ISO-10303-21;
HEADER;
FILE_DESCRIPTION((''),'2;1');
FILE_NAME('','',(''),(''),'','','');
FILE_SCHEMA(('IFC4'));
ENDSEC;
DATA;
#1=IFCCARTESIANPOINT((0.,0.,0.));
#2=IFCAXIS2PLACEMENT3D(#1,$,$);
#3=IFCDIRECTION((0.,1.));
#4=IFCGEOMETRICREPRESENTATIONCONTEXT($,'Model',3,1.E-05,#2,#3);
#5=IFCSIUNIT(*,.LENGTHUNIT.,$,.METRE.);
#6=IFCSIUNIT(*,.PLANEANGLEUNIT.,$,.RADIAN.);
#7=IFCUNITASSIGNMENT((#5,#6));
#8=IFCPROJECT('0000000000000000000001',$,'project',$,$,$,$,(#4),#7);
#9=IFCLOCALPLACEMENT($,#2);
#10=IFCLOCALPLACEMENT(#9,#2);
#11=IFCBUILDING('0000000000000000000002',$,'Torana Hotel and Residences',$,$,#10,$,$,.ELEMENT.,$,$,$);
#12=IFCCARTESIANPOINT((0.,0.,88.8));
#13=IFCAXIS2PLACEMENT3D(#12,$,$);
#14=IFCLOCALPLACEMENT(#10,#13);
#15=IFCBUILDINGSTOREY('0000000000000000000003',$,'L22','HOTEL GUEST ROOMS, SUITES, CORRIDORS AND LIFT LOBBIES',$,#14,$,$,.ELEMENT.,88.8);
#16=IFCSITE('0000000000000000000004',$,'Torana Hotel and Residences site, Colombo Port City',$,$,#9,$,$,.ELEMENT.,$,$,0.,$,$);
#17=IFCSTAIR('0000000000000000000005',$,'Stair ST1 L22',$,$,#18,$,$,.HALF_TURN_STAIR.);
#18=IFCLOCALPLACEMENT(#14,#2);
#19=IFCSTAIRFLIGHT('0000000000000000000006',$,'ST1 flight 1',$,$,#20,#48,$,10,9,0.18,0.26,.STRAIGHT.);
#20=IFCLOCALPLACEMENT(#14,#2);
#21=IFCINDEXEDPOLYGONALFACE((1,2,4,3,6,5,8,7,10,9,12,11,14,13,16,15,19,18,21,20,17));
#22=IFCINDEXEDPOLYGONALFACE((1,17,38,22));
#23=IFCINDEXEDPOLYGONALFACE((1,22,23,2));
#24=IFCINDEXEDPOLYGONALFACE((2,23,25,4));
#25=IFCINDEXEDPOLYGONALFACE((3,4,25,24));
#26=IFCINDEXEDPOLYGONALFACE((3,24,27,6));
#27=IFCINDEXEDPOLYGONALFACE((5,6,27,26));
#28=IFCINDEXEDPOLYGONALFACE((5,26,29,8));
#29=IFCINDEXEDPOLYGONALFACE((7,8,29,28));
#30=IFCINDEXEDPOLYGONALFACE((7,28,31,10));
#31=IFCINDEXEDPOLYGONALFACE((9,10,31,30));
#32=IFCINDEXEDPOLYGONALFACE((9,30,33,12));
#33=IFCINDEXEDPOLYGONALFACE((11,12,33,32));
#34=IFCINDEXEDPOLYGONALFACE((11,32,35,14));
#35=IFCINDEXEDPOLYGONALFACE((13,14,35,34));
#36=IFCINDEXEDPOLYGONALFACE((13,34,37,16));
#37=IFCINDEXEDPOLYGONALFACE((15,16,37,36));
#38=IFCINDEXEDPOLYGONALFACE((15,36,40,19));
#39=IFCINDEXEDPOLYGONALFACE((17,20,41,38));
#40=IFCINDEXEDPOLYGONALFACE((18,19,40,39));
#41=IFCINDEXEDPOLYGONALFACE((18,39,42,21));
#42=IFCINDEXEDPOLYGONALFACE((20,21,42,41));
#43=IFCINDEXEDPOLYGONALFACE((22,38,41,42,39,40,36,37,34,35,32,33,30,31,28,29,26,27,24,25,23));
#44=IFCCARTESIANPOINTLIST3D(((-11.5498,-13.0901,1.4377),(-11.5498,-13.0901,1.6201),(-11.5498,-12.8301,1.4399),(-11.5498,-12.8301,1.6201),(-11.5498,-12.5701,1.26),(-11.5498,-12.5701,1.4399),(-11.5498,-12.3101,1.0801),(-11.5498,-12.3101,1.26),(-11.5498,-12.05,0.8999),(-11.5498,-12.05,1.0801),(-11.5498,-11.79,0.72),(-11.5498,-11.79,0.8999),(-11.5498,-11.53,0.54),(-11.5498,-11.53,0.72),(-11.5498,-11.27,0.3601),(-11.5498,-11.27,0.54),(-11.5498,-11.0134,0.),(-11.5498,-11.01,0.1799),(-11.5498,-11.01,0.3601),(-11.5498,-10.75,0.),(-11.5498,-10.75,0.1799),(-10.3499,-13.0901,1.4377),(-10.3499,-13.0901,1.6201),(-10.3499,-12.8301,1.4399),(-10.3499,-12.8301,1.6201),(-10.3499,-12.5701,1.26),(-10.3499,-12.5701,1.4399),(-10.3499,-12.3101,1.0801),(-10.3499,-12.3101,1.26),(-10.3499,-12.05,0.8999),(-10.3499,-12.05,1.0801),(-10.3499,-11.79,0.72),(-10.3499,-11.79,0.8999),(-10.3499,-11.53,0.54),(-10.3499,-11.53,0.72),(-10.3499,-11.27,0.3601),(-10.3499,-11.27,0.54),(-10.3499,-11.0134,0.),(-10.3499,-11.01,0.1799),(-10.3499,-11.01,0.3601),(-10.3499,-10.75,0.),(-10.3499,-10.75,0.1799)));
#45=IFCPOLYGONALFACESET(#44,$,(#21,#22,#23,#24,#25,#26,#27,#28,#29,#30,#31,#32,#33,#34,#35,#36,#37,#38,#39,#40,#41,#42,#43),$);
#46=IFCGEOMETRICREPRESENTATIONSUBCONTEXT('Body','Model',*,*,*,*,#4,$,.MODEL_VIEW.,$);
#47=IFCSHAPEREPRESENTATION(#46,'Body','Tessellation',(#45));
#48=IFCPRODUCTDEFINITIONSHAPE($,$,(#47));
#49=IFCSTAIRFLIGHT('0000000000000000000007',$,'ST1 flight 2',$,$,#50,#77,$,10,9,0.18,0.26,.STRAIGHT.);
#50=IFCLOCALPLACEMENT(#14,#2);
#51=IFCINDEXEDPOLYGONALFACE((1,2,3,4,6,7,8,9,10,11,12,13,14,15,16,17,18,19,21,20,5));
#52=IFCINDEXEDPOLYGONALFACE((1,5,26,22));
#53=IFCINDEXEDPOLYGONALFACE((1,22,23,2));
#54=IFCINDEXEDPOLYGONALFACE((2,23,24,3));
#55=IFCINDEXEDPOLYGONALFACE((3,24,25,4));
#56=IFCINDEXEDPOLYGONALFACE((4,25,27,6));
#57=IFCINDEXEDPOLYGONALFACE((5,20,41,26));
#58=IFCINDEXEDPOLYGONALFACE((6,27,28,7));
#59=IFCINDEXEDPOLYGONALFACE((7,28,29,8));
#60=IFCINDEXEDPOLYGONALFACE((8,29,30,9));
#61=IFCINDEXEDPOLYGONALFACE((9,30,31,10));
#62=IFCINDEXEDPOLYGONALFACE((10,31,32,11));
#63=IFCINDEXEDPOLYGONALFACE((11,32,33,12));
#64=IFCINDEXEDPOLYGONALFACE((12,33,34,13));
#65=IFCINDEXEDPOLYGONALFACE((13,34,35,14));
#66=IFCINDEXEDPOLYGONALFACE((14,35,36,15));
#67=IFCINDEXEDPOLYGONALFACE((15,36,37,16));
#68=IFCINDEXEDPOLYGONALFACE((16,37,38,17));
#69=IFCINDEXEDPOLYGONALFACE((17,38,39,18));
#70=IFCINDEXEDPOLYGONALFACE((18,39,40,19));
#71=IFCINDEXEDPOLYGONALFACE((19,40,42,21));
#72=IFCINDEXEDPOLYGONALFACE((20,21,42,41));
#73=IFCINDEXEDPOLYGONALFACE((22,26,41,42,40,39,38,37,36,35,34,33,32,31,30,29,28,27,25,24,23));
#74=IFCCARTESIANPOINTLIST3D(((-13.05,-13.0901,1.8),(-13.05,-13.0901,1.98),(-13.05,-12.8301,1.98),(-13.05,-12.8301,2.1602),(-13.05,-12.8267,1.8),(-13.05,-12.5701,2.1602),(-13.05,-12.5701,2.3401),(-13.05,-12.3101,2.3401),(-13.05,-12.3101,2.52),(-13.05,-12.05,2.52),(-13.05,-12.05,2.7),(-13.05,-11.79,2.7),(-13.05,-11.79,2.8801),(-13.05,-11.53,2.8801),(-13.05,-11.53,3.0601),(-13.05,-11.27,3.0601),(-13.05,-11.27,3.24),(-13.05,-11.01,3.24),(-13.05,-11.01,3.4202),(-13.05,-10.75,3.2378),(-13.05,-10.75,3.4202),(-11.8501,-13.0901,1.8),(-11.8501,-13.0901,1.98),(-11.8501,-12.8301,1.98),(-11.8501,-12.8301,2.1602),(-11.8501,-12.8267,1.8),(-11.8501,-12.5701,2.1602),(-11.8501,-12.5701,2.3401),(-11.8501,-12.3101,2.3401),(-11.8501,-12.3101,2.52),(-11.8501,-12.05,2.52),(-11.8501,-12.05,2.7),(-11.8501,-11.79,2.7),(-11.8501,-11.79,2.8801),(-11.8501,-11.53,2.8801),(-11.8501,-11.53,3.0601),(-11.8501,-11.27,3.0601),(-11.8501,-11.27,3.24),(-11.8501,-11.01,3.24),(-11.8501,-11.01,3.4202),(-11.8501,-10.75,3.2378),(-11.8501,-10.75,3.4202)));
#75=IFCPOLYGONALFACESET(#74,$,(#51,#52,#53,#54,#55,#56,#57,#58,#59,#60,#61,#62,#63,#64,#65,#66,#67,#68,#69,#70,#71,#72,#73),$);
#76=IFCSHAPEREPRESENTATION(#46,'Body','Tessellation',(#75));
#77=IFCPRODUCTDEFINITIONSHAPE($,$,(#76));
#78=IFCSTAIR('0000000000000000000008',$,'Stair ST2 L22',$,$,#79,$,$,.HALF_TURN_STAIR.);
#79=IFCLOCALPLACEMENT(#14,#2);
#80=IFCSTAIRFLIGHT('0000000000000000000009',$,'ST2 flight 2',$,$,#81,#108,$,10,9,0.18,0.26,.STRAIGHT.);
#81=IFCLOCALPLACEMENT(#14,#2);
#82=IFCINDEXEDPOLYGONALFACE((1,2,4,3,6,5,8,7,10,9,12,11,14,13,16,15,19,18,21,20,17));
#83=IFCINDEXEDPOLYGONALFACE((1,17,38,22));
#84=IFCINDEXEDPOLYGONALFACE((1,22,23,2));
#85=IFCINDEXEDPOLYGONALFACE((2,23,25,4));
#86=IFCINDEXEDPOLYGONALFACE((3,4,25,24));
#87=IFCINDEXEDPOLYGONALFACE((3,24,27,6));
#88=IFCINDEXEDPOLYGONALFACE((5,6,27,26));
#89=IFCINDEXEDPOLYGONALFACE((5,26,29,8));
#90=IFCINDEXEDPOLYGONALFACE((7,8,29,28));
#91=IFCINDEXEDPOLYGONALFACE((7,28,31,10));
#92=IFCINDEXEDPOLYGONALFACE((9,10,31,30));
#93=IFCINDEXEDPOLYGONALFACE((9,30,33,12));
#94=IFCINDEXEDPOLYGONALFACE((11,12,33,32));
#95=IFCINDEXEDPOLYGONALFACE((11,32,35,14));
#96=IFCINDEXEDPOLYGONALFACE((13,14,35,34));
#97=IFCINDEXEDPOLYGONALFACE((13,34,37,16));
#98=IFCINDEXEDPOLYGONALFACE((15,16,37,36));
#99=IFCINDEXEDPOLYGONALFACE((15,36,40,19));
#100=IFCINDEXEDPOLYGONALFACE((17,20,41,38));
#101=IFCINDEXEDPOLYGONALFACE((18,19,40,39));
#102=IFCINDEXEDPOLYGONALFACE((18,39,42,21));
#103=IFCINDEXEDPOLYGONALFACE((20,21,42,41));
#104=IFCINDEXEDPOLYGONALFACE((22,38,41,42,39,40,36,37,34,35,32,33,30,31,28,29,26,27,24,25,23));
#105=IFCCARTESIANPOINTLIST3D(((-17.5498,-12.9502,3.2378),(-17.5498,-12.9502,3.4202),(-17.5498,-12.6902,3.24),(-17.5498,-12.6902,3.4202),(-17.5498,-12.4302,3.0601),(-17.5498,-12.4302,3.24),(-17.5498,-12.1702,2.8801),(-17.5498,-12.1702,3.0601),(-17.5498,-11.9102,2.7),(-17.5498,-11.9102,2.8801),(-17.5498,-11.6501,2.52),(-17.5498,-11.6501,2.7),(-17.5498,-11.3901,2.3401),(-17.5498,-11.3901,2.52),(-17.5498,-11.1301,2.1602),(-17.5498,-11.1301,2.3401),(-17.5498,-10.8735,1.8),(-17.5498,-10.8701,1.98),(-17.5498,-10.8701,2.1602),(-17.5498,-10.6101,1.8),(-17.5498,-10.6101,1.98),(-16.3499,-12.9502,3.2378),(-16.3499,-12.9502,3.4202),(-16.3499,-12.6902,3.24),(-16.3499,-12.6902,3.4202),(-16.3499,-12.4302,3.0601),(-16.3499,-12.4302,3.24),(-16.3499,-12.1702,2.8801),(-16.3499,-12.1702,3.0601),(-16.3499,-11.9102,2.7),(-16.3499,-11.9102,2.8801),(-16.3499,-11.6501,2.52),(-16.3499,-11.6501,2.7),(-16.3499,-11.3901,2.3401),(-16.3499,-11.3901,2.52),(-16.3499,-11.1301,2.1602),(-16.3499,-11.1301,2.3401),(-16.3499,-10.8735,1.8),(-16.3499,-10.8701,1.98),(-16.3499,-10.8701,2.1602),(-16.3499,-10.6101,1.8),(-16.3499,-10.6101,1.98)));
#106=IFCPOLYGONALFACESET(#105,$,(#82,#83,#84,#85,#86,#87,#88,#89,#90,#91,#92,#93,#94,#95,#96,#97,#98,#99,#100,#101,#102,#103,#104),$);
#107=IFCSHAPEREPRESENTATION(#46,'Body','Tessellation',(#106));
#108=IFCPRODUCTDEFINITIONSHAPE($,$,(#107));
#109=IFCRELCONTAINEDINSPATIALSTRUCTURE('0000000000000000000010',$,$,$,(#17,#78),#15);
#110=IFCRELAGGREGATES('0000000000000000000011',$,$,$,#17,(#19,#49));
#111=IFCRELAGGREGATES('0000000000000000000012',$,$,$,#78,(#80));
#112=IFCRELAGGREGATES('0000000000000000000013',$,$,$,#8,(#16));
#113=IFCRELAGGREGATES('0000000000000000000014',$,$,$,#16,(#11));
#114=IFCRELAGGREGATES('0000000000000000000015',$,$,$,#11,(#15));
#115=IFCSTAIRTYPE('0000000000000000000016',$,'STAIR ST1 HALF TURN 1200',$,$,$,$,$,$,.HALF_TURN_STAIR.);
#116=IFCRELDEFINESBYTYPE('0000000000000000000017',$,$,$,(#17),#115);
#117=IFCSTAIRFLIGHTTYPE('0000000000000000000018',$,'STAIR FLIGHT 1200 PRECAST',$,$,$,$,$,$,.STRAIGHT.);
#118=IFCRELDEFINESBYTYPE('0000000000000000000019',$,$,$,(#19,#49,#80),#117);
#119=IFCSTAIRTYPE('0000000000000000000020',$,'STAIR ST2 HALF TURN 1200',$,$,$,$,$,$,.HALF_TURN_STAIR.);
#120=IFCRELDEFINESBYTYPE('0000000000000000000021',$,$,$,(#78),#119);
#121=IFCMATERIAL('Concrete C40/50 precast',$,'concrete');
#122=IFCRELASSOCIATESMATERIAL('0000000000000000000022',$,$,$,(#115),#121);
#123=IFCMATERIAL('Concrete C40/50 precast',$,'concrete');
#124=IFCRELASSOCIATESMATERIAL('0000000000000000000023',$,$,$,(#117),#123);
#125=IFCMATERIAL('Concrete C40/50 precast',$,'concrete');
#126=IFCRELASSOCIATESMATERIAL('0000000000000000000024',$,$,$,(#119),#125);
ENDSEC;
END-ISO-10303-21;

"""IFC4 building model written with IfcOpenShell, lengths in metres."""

from ifc_helpers import new_model, si_unit, direction, frame, origin, place, context, subcontext, project, spatial, polyline, outline, extrude, material, type_object, element, aggregate, save


model = new_model("IFC4")

# Units and contexts
model_context = context("Model", 3, precision=1e-05, world=origin(), true_north=direction((0.0, 1.0)))
body_context = subcontext(model_context, "Body", "Model", "MODEL_VIEW")
ifc_project = project(units=[si_unit("LENGTHUNIT", "METRE"), si_unit("PLANEANGLEUNIT", "RADIAN")], contexts=[model_context])

# Site, building, storey
site_placement = place(None, origin())
site = spatial("IfcSite", under=ifc_project, at=site_placement, Name="Torana Hotel and Residences site, Colombo Port City", CompositionType="ELEMENT", RefElevation=0.0)
building_placement = place(site_placement, origin())
building = spatial("IfcBuilding", under=site, at=building_placement, Name="Torana Hotel and Residences", CompositionType="ELEMENT")
storey_placement = place(building_placement, frame((0.0, 0.0, 88.8)))
storey = spatial("IfcBuildingStorey", under=building, at=storey_placement, Name="L22", Description="HOTEL GUEST ROOMS, SUITES, CORRIDORS AND LIFT LOBBIES", CompositionType="ELEMENT", Elevation=88.8)

# Stair, stair flights
ifc_material_1 = material(Name="Concrete C40/50 precast", Category="concrete")
stair_type_1 = type_object("IfcStairType", Name="STAIR ST1 HALF TURN 1200", PredefinedType="HALF_TURN_STAIR", material=ifc_material_1)
stair_1_placement = place(storey_placement, origin())
stair_1 = element("IfcStair", 1, at=stair_1_placement, inside=storey, type_object=stair_type_1, Name="Stair ST1 L22", PredefinedType="HALF_TURN_STAIR")
ifc_material_2 = material(Name="Concrete C40/50 precast", Category="concrete")
stair_flight_type = type_object("IfcStairFlightType", Name="STAIR FLIGHT 1200 PRECAST", PredefinedType="STRAIGHT", material=ifc_material_2)
stair_flight_1_placement = place(storey_placement, frame((-10.95, -10.75, 0.0), z_axis=(0.0, 0.0, 1.0), x_axis=(0.0, -1.0, 0.0)))
stair_flight_1 = element("IfcStairFlight", 2, at=stair_flight_1_placement, type_object=stair_flight_type, Name="ST1 flight 1", NumberOfRisers=10, NumberOfTreads=9, PredefinedType="STRAIGHT", RiserHeight=0.18, TreadLength=0.26, context=body_context, shape_type="SweptSolid", body=[
    extrude(outline(polyline([(0.0, 0.0), (0.0, 0.1799), (0.26, 0.1799), (0.26, 0.3601), (0.52, 0.3601), (0.52, 0.54), (0.78, 0.54), (0.78, 0.72), (1.04, 0.72), (1.04, 0.8999), (1.3, 0.8999), (1.3, 1.0801), (1.5601, 1.0801), (1.5601, 1.26), (1.8201, 1.26), (1.8201, 1.4399), (2.0801, 1.4399), (2.0801, 1.6201), (2.3401, 1.6201), (2.3401, 1.8), (2.3401, 1.4377), (0.2634, 0.0), (0.0, 0.0)])), frame((0.0, 0.6001, 0.0), z_axis=(0.0, -1.0, 0.0), x_axis=(1.0, 0.0, 0.0)), (0.0, 0.0, 1.0), 1.2),
])
stair_flight_2_placement = place(storey_placement, frame((-12.45, -13.0901, 1.8), z_axis=(0.0, 0.0, 1.0), x_axis=(0.0, 1.0, 0.0)))
stair_flight_2 = element("IfcStairFlight", 3, at=stair_flight_2_placement, type_object=stair_flight_type, Name="ST1 flight 2", NumberOfRisers=10, NumberOfTreads=9, PredefinedType="STRAIGHT", RiserHeight=0.18, TreadLength=0.26, context=body_context, shape_type="SweptSolid", body=[
    extrude(outline(polyline([(0.0, 0.0), (0.0, 0.1799), (0.26, 0.1799), (0.26, 0.3601), (0.52, 0.3601), (0.52, 0.54), (0.78, 0.54), (0.78, 0.72), (1.04, 0.72), (1.04, 0.8999), (1.3, 0.8999), (1.3, 1.0801), (1.5601, 1.0801), (1.5601, 1.26), (1.8201, 1.26), (1.8201, 1.4399), (2.0801, 1.4399), (2.0801, 1.6201), (2.3401, 1.6201), (2.3401, 1.8), (2.3401, 1.4377), (0.2634, 0.0), (0.0, 0.0)])), frame((0.0, 0.6001, 0.0), z_axis=(0.0, -1.0, 0.0), x_axis=(1.0, 0.0, 0.0)), (0.0, 0.0, 1.0), 1.2),
])
aggregate(stair_1, [stair_flight_1, stair_flight_2])

# Stair, stair flight
ifc_material_3 = material(Name="Concrete C40/50 precast", Category="concrete")
stair_type_2 = type_object("IfcStairType", Name="STAIR ST2 HALF TURN 1200", PredefinedType="HALF_TURN_STAIR", material=ifc_material_3)
stair_2_placement = place(storey_placement, origin())
stair_2 = element("IfcStair", 4, at=stair_2_placement, inside=storey, type_object=stair_type_2, Name="Stair ST2 L22", PredefinedType="HALF_TURN_STAIR")
stair_flight_3_placement = place(storey_placement, frame((-16.95, -10.6101, 1.8), z_axis=(0.0, 0.0, 1.0), x_axis=(0.0, -1.0, 0.0)))
stair_flight_3 = element("IfcStairFlight", 5, at=stair_flight_3_placement, type_object=stair_flight_type, Name="ST2 flight 2", NumberOfRisers=10, NumberOfTreads=9, PredefinedType="STRAIGHT", RiserHeight=0.18, TreadLength=0.26, context=body_context, shape_type="SweptSolid", body=[
    extrude(outline(polyline([(0.0, 0.0), (0.0, 0.1799), (0.26, 0.1799), (0.26, 0.3601), (0.52, 0.3601), (0.52, 0.54), (0.78, 0.54), (0.78, 0.72), (1.04, 0.72), (1.04, 0.8999), (1.3, 0.8999), (1.3, 1.0801), (1.5601, 1.0801), (1.5601, 1.26), (1.8201, 1.26), (1.8201, 1.4399), (2.0801, 1.4399), (2.0801, 1.6201), (2.3401, 1.6201), (2.3401, 1.8), (2.3401, 1.4377), (0.2634, 0.0), (0.0, 0.0)])), frame((0.0, 0.6001, 0.0), z_axis=(0.0, -1.0, 0.0), x_axis=(1.0, 0.0, 0.0)), (0.0, 0.0, 1.0), 1.2),
])
aggregate(stair_2, [stair_flight_3])

save(model, "model.ifc")
